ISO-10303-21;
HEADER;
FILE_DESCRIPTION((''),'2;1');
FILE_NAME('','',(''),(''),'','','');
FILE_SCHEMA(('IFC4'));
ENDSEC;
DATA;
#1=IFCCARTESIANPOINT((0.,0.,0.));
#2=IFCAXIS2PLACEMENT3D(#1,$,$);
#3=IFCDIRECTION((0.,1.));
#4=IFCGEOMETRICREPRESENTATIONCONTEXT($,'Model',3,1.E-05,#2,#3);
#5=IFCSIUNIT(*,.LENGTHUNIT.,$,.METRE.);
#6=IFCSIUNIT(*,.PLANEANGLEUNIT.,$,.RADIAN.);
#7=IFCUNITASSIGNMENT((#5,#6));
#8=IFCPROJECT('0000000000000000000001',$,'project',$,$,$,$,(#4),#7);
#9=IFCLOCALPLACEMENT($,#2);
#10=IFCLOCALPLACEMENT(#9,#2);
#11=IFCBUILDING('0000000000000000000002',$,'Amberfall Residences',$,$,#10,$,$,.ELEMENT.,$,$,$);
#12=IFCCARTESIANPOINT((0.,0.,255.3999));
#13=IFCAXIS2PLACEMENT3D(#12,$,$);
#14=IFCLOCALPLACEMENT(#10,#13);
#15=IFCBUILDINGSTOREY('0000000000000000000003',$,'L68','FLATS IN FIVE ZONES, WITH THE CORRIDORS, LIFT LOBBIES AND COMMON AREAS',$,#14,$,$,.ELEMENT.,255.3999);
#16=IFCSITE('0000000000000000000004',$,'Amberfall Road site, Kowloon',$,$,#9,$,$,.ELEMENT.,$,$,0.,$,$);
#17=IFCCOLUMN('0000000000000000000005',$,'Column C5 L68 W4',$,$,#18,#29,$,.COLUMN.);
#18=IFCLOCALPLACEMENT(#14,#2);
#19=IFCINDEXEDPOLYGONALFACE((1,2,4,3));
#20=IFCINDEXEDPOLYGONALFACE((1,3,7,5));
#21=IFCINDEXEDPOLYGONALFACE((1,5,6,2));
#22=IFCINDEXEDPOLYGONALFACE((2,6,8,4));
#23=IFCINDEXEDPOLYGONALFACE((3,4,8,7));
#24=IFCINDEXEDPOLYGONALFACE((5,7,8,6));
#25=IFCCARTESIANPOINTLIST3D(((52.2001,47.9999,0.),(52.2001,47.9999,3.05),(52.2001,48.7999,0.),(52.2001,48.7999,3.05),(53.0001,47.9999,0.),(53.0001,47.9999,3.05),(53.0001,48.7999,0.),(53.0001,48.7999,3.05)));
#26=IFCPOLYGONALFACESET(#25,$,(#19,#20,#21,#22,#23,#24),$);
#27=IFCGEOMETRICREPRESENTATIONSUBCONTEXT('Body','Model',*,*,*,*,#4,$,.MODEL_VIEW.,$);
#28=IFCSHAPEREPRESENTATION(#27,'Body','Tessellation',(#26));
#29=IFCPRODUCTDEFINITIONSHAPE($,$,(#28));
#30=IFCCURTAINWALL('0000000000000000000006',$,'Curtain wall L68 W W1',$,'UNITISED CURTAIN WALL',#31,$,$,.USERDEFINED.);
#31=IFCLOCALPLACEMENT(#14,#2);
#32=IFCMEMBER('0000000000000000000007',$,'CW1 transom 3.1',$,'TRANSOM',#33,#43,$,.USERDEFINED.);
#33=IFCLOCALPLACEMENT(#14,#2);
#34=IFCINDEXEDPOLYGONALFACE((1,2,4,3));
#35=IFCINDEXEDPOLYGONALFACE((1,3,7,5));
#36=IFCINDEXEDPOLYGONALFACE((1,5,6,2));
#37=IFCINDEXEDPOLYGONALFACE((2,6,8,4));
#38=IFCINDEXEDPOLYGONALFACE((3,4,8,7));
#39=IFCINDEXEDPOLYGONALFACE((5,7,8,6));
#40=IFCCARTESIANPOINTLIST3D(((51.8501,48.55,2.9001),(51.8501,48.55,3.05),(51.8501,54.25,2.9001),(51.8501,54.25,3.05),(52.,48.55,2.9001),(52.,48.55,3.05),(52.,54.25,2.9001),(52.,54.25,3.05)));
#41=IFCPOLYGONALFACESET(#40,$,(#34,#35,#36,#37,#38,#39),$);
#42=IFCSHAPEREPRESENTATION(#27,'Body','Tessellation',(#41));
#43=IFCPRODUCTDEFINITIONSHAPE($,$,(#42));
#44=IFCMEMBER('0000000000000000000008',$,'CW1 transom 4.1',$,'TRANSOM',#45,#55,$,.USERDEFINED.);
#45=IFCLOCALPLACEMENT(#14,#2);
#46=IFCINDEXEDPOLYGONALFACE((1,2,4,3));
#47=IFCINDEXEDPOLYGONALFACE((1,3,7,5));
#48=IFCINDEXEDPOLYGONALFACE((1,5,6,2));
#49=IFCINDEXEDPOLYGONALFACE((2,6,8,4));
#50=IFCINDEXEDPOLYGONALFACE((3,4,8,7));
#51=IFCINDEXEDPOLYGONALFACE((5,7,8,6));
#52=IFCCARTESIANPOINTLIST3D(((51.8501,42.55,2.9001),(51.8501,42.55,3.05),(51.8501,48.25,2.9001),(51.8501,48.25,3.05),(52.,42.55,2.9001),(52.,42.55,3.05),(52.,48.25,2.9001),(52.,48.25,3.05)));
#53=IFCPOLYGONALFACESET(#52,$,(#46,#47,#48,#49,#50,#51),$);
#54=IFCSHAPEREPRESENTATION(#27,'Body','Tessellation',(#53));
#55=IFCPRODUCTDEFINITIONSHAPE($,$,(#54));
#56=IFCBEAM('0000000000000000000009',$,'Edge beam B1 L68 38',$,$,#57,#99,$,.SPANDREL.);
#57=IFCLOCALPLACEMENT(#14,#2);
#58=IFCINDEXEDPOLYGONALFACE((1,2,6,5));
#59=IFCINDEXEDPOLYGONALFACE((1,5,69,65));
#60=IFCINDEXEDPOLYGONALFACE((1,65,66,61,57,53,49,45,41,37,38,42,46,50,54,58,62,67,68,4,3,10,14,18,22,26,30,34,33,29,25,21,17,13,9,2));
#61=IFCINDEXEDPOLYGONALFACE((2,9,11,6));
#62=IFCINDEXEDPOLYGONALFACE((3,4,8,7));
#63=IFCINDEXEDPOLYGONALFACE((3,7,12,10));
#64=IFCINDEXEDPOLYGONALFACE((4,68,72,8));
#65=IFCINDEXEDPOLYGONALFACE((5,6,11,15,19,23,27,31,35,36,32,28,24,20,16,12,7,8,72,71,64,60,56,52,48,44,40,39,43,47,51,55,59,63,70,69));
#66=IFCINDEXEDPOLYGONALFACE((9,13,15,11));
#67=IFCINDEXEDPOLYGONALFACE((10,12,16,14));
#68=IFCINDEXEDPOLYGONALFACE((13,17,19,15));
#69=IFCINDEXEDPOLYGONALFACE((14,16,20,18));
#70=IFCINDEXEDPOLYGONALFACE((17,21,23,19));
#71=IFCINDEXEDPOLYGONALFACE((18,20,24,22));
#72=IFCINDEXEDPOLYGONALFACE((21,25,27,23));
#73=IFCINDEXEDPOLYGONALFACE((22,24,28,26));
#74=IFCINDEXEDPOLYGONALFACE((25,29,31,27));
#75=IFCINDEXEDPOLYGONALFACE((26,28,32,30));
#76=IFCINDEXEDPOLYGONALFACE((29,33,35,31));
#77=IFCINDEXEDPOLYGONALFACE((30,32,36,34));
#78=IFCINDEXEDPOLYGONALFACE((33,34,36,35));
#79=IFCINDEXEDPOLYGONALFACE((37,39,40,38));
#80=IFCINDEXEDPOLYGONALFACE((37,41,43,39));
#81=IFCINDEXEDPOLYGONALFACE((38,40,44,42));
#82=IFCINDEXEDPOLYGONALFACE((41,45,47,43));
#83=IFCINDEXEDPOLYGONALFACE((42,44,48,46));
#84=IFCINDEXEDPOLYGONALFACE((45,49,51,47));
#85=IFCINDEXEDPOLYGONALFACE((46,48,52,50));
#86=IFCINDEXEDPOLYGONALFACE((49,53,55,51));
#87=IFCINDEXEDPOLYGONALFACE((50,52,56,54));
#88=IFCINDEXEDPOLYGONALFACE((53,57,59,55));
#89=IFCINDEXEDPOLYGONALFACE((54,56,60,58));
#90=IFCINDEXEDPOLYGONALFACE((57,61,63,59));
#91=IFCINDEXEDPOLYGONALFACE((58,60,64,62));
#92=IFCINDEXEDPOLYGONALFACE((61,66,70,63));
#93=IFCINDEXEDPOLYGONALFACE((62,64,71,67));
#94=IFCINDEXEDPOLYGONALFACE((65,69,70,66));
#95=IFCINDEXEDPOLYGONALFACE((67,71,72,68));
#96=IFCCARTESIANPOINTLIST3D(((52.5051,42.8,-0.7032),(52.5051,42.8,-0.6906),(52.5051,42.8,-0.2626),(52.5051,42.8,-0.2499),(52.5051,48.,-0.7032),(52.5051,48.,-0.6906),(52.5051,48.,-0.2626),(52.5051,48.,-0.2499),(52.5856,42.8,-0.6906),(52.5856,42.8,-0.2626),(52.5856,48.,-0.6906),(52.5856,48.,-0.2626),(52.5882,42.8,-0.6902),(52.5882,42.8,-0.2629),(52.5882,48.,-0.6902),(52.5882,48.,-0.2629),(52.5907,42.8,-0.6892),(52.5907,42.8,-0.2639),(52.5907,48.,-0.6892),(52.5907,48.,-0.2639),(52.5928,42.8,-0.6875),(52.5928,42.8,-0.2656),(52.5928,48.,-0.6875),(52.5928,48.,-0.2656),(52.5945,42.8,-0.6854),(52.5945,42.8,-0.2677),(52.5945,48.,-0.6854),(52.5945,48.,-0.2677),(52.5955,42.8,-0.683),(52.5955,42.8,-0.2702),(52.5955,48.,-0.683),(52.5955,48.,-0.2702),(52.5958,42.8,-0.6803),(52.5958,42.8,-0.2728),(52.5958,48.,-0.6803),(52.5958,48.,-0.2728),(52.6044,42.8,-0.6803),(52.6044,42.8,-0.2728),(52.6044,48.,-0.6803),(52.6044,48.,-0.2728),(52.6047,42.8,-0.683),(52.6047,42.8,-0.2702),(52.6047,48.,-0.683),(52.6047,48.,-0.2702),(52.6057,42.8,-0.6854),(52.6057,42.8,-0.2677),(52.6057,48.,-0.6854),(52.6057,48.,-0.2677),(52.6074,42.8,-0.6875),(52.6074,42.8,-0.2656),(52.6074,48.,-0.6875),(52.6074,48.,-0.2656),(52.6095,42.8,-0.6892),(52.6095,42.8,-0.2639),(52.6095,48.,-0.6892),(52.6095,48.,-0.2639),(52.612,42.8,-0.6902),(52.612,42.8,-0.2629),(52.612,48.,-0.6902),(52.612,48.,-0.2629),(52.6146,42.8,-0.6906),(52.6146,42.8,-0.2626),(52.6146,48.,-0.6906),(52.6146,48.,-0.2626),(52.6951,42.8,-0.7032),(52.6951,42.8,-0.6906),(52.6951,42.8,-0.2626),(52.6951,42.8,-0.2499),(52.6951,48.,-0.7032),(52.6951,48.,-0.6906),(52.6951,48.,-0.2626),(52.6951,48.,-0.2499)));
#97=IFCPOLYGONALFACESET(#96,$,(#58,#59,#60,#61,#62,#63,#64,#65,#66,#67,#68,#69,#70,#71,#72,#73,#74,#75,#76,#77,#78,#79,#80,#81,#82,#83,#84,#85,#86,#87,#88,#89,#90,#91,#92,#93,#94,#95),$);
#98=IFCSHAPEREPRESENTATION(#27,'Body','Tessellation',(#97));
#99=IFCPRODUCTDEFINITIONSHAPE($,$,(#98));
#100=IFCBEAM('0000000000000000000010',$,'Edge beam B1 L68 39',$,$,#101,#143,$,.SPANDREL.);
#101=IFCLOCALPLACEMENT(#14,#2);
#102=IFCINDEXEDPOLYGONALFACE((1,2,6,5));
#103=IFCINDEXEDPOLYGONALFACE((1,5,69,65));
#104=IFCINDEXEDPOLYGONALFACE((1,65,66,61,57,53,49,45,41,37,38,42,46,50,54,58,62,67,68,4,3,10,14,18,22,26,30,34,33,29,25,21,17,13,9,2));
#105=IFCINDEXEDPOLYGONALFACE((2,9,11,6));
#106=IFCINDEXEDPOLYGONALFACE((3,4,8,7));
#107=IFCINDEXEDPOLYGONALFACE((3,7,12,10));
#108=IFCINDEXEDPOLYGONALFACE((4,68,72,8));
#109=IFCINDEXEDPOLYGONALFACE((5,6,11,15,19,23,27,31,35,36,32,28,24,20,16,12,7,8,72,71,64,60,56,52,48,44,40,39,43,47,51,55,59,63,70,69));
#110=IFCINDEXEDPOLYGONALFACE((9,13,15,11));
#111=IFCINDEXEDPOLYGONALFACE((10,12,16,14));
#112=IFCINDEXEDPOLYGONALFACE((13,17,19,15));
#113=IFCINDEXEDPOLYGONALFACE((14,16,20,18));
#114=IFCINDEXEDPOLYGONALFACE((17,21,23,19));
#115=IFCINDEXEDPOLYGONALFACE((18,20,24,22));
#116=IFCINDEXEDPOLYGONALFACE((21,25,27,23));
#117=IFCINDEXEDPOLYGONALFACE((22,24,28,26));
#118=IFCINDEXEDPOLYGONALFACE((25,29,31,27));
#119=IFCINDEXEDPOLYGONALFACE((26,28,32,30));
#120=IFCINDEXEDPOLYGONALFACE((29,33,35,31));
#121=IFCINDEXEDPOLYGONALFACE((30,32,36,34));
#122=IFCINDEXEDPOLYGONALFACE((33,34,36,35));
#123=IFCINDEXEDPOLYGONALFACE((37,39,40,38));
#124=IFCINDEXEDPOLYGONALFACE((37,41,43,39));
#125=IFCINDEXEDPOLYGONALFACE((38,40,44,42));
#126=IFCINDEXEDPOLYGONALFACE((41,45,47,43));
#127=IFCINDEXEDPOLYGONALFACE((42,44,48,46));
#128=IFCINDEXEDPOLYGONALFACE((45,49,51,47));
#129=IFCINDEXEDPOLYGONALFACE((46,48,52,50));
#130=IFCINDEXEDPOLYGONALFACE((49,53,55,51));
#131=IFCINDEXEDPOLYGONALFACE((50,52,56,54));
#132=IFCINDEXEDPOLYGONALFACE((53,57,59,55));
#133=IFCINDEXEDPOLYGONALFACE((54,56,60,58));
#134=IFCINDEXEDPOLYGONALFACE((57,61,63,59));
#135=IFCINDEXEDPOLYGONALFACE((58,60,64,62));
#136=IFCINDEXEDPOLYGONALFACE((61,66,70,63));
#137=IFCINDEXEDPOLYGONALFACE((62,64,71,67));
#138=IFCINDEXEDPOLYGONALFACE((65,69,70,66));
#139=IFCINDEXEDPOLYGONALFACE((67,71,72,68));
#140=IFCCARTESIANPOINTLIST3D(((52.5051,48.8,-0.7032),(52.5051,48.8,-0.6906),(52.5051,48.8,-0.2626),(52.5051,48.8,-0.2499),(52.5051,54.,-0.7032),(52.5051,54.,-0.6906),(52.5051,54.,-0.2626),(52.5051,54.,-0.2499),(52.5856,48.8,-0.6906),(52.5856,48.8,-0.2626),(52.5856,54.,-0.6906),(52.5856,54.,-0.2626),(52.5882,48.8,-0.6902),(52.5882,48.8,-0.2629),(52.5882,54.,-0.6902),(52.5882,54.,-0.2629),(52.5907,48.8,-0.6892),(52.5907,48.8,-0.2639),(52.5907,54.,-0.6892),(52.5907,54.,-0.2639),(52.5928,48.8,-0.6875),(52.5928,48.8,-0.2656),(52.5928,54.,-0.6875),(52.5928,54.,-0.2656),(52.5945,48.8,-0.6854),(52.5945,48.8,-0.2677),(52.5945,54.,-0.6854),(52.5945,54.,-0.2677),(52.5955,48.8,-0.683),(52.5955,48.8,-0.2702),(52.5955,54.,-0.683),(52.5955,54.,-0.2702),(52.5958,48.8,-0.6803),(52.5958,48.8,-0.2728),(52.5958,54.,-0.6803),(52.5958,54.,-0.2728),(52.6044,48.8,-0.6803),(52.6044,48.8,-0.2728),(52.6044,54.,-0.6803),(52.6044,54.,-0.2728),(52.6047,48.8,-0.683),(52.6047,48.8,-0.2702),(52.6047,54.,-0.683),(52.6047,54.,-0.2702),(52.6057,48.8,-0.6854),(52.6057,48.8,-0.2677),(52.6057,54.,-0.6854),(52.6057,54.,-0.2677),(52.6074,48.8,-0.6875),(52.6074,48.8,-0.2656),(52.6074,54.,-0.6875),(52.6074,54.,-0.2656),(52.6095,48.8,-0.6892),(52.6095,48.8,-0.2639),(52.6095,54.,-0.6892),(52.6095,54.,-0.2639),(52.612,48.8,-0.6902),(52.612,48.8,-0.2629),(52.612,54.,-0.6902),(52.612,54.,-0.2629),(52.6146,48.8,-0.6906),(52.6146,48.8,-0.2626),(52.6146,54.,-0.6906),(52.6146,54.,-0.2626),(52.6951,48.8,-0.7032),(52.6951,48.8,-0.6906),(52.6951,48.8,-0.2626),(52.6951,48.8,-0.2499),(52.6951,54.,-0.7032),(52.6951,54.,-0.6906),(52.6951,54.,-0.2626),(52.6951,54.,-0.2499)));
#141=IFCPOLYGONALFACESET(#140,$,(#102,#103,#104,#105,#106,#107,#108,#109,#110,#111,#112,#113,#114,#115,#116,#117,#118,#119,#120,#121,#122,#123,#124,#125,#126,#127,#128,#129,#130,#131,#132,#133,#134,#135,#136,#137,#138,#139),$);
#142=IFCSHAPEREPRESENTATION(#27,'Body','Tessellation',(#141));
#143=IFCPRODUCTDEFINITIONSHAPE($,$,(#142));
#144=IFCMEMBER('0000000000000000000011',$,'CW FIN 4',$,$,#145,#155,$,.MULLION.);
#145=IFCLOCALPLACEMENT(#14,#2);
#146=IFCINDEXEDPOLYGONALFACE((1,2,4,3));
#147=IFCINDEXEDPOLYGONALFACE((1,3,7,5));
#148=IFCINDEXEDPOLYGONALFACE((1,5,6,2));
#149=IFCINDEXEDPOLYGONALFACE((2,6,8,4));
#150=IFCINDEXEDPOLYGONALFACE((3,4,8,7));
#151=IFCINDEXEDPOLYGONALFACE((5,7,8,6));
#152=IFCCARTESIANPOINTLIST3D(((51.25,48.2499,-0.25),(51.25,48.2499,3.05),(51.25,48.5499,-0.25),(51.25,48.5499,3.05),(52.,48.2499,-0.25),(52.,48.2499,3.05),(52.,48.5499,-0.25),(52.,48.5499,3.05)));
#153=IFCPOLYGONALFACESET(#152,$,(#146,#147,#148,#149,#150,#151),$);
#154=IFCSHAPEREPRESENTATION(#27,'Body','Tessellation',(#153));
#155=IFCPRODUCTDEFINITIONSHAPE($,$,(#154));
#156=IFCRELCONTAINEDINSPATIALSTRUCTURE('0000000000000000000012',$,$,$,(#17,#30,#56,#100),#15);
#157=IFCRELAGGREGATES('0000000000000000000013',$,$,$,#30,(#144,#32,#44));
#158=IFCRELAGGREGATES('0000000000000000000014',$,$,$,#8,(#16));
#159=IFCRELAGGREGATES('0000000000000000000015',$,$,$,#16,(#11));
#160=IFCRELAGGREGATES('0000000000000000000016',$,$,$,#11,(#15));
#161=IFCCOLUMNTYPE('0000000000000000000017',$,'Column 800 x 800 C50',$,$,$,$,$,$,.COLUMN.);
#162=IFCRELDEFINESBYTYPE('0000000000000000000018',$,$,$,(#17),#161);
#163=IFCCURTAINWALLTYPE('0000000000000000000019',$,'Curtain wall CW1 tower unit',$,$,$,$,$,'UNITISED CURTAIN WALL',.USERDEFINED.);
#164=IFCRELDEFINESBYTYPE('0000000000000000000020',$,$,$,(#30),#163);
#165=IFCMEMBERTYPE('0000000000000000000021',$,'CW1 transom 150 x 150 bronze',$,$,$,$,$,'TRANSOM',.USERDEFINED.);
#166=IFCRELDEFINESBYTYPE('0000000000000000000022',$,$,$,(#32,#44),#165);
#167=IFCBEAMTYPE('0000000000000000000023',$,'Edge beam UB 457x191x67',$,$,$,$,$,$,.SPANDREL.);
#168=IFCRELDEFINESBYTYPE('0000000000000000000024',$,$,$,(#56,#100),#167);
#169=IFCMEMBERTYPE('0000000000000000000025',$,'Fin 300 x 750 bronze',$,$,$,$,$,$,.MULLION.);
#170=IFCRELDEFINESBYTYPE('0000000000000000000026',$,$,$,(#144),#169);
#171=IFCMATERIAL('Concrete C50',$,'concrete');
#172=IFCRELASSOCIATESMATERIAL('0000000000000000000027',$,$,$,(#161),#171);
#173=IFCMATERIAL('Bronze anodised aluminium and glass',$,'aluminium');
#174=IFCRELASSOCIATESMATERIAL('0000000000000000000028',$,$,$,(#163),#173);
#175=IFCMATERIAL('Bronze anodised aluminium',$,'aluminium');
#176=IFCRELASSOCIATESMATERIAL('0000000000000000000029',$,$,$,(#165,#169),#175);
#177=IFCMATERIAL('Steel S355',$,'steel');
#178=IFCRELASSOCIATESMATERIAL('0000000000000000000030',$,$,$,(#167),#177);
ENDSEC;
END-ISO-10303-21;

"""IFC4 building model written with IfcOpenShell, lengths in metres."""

from ifc_helpers import new_model, si_unit, direction, frame, origin, origin_2d, place, context, subcontext, project, spatial, rectangle, i_section, extrude, material, material_profile, profile_set, type_object, element, aggregate, save


model = new_model("IFC4")

# Units and contexts
model_context = context("Model", 3, precision=1e-05, world=origin(), true_north=direction((0.0, 1.0)))
body_context = subcontext(model_context, "Body", "Model", "MODEL_VIEW")
ifc_project = project(units=[si_unit("LENGTHUNIT", "METRE"), si_unit("PLANEANGLEUNIT", "RADIAN")], contexts=[model_context])

# Site, building, storey
site_placement = place(None, origin())
site = spatial("IfcSite", under=ifc_project, at=site_placement, Name="Amberfall Road site, Kowloon", CompositionType="ELEMENT", RefElevation=0.0)
building_placement = place(site_placement, origin())
building = spatial("IfcBuilding", under=site, at=building_placement, Name="Amberfall Residences", CompositionType="ELEMENT")
storey_placement = place(building_placement, frame((0.0, 0.0, 255.3999)))
storey = spatial("IfcBuildingStorey", under=building, at=storey_placement, Name="L68", Description="FLATS IN FIVE ZONES, WITH THE CORRIDORS, LIFT LOBBIES AND COMMON AREAS", CompositionType="ELEMENT", Elevation=255.3999)

# Column
ifc_material_1 = material(Name="Concrete C50", Category="concrete")
ifc_material_profile_1 = material_profile(ifc_material_1, rectangle(XDim=0.8, YDim=0.8, at=origin_2d()), Name="Column 800 x 800 C50")
ifc_profile_set_1 = profile_set([ifc_material_profile_1], Name="Concrete C50")
column_type = type_object("IfcColumnType", Name="Column 800 x 800 C50", PredefinedType="COLUMN", material=ifc_profile_set_1)
column_placement = place(storey_placement, frame((52.6001, 48.3999, 0.0), z_axis=(0.0, 0.0, 1.0), x_axis=(1.0, 0.0, 0.0)))
element("IfcColumn", 1, at=column_placement, inside=storey, type_object=column_type, Name="Column C5 L68 W4", PredefinedType="COLUMN", context=body_context, shape_type="SweptSolid", body=[
    extrude(rectangle(XDim=0.8, YDim=0.8, at=origin_2d()), origin(), (0.0, 0.0, 1.0), 3.05),
])

# Curtain wall, members
ifc_material_2 = material(Name="Bronze anodised aluminium and glass", Category="aluminium")
curtain_wall_type = type_object("IfcCurtainWallType", Name="Curtain wall CW1 tower unit", ElementType="UNITISED CURTAIN WALL", PredefinedType="USERDEFINED", material=ifc_material_2)
curtain_wall_placement = place(storey_placement, origin())
curtain_wall = element("IfcCurtainWall", 2, at=curtain_wall_placement, inside=storey, type_object=curtain_wall_type, Name="Curtain wall L68 W W1", ObjectType="UNITISED CURTAIN WALL", PredefinedType="USERDEFINED")
ifc_material_3 = material(Name="Bronze anodised aluminium", Category="aluminium")
ifc_material_profile_2 = material_profile(ifc_material_3, rectangle(XDim=0.1499, YDim=0.1499, at=origin_2d()), Name="CW1 transom 150 x 150 bronze")
ifc_profile_set_2 = profile_set([ifc_material_profile_2], Name="Bronze anodised aluminium")
member_type_1 = type_object("IfcMemberType", Name="CW1 transom 150 x 150 bronze", ElementType="TRANSOM", PredefinedType="USERDEFINED", material=ifc_profile_set_2)
member_1_placement = place(storey_placement, frame((51.925, 54.25, 2.9751), z_axis=(0.0, -1.0, 0.0), x_axis=(1.0, 0.0, 0.0)))
member_1 = element("IfcMember", 3, at=member_1_placement, type_object=member_type_1, Name="CW1 transom 3.1", ObjectType="TRANSOM", PredefinedType="USERDEFINED", context=body_context, shape_type="SweptSolid", body=[
    extrude(rectangle(XDim=0.1499, YDim=0.1499, at=origin_2d()), origin(), (0.0, 0.0, 1.0), 5.7),
])
member_2_placement = place(storey_placement, frame((51.925, 48.25, 2.9751), z_axis=(0.0, -1.0, 0.0), x_axis=(1.0, 0.0, 0.0)))
member_2 = element("IfcMember", 4, at=member_2_placement, type_object=member_type_1, Name="CW1 transom 4.1", ObjectType="TRANSOM", PredefinedType="USERDEFINED", context=body_context, shape_type="SweptSolid", body=[
    extrude(rectangle(XDim=0.1499, YDim=0.1499, at=origin_2d()), origin(), (0.0, 0.0, 1.0), 5.7),
])

# Beams
ifc_material_4 = material(Name="Steel S355", Category="steel")
ifc_material_profile_3 = material_profile(ifc_material_4, i_section(OverallWidth=0.1899, OverallDepth=0.4534, WebThickness=0.0085, FlangeThickness=0.0127, FilletRadius=0.0103, at=origin_2d()), Name="UB 457x191x67")
ifc_profile_set_3 = profile_set([ifc_material_profile_3], Name="Steel S355")
beam_type_1 = type_object("IfcBeamType", Name="Edge beam UB 457x191x67", PredefinedType="SPANDREL", material=ifc_profile_set_3)
for number, where, z_axis, x_axis, name in (
    (5, (52.6001, 42.8, -0.4766), (0.0, 1.0, 0.0), (-1.0, 0.0, 0.0), "Edge beam B1 L68 38"),
    (6, (52.6001, 48.8, -0.4766), (0.0, 1.0, 0.0), (-1.0, 0.0, 0.0), "Edge beam B1 L68 39"),
):
    element("IfcBeam", number, at=place(storey_placement, frame(where, z_axis=z_axis, x_axis=x_axis)), inside=storey, type_object=beam_type_1, Name=name, PredefinedType="SPANDREL", context=body_context, shape_type="SweptSolid", body=[
        extrude(i_section(OverallWidth=0.1899, OverallDepth=0.4534, WebThickness=0.0085, FlangeThickness=0.0127, FilletRadius=0.0103, at=origin_2d()), origin(), (0.0, 0.0, 1.0), 5.2),
    ])

# Member
ifc_material_profile_4 = material_profile(ifc_material_3, rectangle(XDim=0.75, YDim=0.3, at=origin_2d()), Name="Fin 300 x 750 bronze")
ifc_profile_set_4 = profile_set([ifc_material_profile_4], Name="Bronze anodised aluminium")
member_type_2 = type_object("IfcMemberType", Name="Fin 300 x 750 bronze", PredefinedType="MULLION", material=ifc_profile_set_4)
member_3_placement = place(storey_placement, frame((51.625, 48.3999, -0.25), z_axis=(0.0, 0.0, 1.0), x_axis=(1.0, 0.0, 0.0)))
member_3 = element("IfcMember", 7, at=member_3_placement, type_object=member_type_2, Name="CW FIN 4", PredefinedType="MULLION", context=body_context, shape_type="SweptSolid", body=[
    extrude(rectangle(XDim=0.75, YDim=0.3, at=origin_2d()), origin(), (0.0, 0.0, 1.0), 3.3),
])

aggregate(curtain_wall, [member_3, member_1, member_2])

save(model, "model.ifc")
